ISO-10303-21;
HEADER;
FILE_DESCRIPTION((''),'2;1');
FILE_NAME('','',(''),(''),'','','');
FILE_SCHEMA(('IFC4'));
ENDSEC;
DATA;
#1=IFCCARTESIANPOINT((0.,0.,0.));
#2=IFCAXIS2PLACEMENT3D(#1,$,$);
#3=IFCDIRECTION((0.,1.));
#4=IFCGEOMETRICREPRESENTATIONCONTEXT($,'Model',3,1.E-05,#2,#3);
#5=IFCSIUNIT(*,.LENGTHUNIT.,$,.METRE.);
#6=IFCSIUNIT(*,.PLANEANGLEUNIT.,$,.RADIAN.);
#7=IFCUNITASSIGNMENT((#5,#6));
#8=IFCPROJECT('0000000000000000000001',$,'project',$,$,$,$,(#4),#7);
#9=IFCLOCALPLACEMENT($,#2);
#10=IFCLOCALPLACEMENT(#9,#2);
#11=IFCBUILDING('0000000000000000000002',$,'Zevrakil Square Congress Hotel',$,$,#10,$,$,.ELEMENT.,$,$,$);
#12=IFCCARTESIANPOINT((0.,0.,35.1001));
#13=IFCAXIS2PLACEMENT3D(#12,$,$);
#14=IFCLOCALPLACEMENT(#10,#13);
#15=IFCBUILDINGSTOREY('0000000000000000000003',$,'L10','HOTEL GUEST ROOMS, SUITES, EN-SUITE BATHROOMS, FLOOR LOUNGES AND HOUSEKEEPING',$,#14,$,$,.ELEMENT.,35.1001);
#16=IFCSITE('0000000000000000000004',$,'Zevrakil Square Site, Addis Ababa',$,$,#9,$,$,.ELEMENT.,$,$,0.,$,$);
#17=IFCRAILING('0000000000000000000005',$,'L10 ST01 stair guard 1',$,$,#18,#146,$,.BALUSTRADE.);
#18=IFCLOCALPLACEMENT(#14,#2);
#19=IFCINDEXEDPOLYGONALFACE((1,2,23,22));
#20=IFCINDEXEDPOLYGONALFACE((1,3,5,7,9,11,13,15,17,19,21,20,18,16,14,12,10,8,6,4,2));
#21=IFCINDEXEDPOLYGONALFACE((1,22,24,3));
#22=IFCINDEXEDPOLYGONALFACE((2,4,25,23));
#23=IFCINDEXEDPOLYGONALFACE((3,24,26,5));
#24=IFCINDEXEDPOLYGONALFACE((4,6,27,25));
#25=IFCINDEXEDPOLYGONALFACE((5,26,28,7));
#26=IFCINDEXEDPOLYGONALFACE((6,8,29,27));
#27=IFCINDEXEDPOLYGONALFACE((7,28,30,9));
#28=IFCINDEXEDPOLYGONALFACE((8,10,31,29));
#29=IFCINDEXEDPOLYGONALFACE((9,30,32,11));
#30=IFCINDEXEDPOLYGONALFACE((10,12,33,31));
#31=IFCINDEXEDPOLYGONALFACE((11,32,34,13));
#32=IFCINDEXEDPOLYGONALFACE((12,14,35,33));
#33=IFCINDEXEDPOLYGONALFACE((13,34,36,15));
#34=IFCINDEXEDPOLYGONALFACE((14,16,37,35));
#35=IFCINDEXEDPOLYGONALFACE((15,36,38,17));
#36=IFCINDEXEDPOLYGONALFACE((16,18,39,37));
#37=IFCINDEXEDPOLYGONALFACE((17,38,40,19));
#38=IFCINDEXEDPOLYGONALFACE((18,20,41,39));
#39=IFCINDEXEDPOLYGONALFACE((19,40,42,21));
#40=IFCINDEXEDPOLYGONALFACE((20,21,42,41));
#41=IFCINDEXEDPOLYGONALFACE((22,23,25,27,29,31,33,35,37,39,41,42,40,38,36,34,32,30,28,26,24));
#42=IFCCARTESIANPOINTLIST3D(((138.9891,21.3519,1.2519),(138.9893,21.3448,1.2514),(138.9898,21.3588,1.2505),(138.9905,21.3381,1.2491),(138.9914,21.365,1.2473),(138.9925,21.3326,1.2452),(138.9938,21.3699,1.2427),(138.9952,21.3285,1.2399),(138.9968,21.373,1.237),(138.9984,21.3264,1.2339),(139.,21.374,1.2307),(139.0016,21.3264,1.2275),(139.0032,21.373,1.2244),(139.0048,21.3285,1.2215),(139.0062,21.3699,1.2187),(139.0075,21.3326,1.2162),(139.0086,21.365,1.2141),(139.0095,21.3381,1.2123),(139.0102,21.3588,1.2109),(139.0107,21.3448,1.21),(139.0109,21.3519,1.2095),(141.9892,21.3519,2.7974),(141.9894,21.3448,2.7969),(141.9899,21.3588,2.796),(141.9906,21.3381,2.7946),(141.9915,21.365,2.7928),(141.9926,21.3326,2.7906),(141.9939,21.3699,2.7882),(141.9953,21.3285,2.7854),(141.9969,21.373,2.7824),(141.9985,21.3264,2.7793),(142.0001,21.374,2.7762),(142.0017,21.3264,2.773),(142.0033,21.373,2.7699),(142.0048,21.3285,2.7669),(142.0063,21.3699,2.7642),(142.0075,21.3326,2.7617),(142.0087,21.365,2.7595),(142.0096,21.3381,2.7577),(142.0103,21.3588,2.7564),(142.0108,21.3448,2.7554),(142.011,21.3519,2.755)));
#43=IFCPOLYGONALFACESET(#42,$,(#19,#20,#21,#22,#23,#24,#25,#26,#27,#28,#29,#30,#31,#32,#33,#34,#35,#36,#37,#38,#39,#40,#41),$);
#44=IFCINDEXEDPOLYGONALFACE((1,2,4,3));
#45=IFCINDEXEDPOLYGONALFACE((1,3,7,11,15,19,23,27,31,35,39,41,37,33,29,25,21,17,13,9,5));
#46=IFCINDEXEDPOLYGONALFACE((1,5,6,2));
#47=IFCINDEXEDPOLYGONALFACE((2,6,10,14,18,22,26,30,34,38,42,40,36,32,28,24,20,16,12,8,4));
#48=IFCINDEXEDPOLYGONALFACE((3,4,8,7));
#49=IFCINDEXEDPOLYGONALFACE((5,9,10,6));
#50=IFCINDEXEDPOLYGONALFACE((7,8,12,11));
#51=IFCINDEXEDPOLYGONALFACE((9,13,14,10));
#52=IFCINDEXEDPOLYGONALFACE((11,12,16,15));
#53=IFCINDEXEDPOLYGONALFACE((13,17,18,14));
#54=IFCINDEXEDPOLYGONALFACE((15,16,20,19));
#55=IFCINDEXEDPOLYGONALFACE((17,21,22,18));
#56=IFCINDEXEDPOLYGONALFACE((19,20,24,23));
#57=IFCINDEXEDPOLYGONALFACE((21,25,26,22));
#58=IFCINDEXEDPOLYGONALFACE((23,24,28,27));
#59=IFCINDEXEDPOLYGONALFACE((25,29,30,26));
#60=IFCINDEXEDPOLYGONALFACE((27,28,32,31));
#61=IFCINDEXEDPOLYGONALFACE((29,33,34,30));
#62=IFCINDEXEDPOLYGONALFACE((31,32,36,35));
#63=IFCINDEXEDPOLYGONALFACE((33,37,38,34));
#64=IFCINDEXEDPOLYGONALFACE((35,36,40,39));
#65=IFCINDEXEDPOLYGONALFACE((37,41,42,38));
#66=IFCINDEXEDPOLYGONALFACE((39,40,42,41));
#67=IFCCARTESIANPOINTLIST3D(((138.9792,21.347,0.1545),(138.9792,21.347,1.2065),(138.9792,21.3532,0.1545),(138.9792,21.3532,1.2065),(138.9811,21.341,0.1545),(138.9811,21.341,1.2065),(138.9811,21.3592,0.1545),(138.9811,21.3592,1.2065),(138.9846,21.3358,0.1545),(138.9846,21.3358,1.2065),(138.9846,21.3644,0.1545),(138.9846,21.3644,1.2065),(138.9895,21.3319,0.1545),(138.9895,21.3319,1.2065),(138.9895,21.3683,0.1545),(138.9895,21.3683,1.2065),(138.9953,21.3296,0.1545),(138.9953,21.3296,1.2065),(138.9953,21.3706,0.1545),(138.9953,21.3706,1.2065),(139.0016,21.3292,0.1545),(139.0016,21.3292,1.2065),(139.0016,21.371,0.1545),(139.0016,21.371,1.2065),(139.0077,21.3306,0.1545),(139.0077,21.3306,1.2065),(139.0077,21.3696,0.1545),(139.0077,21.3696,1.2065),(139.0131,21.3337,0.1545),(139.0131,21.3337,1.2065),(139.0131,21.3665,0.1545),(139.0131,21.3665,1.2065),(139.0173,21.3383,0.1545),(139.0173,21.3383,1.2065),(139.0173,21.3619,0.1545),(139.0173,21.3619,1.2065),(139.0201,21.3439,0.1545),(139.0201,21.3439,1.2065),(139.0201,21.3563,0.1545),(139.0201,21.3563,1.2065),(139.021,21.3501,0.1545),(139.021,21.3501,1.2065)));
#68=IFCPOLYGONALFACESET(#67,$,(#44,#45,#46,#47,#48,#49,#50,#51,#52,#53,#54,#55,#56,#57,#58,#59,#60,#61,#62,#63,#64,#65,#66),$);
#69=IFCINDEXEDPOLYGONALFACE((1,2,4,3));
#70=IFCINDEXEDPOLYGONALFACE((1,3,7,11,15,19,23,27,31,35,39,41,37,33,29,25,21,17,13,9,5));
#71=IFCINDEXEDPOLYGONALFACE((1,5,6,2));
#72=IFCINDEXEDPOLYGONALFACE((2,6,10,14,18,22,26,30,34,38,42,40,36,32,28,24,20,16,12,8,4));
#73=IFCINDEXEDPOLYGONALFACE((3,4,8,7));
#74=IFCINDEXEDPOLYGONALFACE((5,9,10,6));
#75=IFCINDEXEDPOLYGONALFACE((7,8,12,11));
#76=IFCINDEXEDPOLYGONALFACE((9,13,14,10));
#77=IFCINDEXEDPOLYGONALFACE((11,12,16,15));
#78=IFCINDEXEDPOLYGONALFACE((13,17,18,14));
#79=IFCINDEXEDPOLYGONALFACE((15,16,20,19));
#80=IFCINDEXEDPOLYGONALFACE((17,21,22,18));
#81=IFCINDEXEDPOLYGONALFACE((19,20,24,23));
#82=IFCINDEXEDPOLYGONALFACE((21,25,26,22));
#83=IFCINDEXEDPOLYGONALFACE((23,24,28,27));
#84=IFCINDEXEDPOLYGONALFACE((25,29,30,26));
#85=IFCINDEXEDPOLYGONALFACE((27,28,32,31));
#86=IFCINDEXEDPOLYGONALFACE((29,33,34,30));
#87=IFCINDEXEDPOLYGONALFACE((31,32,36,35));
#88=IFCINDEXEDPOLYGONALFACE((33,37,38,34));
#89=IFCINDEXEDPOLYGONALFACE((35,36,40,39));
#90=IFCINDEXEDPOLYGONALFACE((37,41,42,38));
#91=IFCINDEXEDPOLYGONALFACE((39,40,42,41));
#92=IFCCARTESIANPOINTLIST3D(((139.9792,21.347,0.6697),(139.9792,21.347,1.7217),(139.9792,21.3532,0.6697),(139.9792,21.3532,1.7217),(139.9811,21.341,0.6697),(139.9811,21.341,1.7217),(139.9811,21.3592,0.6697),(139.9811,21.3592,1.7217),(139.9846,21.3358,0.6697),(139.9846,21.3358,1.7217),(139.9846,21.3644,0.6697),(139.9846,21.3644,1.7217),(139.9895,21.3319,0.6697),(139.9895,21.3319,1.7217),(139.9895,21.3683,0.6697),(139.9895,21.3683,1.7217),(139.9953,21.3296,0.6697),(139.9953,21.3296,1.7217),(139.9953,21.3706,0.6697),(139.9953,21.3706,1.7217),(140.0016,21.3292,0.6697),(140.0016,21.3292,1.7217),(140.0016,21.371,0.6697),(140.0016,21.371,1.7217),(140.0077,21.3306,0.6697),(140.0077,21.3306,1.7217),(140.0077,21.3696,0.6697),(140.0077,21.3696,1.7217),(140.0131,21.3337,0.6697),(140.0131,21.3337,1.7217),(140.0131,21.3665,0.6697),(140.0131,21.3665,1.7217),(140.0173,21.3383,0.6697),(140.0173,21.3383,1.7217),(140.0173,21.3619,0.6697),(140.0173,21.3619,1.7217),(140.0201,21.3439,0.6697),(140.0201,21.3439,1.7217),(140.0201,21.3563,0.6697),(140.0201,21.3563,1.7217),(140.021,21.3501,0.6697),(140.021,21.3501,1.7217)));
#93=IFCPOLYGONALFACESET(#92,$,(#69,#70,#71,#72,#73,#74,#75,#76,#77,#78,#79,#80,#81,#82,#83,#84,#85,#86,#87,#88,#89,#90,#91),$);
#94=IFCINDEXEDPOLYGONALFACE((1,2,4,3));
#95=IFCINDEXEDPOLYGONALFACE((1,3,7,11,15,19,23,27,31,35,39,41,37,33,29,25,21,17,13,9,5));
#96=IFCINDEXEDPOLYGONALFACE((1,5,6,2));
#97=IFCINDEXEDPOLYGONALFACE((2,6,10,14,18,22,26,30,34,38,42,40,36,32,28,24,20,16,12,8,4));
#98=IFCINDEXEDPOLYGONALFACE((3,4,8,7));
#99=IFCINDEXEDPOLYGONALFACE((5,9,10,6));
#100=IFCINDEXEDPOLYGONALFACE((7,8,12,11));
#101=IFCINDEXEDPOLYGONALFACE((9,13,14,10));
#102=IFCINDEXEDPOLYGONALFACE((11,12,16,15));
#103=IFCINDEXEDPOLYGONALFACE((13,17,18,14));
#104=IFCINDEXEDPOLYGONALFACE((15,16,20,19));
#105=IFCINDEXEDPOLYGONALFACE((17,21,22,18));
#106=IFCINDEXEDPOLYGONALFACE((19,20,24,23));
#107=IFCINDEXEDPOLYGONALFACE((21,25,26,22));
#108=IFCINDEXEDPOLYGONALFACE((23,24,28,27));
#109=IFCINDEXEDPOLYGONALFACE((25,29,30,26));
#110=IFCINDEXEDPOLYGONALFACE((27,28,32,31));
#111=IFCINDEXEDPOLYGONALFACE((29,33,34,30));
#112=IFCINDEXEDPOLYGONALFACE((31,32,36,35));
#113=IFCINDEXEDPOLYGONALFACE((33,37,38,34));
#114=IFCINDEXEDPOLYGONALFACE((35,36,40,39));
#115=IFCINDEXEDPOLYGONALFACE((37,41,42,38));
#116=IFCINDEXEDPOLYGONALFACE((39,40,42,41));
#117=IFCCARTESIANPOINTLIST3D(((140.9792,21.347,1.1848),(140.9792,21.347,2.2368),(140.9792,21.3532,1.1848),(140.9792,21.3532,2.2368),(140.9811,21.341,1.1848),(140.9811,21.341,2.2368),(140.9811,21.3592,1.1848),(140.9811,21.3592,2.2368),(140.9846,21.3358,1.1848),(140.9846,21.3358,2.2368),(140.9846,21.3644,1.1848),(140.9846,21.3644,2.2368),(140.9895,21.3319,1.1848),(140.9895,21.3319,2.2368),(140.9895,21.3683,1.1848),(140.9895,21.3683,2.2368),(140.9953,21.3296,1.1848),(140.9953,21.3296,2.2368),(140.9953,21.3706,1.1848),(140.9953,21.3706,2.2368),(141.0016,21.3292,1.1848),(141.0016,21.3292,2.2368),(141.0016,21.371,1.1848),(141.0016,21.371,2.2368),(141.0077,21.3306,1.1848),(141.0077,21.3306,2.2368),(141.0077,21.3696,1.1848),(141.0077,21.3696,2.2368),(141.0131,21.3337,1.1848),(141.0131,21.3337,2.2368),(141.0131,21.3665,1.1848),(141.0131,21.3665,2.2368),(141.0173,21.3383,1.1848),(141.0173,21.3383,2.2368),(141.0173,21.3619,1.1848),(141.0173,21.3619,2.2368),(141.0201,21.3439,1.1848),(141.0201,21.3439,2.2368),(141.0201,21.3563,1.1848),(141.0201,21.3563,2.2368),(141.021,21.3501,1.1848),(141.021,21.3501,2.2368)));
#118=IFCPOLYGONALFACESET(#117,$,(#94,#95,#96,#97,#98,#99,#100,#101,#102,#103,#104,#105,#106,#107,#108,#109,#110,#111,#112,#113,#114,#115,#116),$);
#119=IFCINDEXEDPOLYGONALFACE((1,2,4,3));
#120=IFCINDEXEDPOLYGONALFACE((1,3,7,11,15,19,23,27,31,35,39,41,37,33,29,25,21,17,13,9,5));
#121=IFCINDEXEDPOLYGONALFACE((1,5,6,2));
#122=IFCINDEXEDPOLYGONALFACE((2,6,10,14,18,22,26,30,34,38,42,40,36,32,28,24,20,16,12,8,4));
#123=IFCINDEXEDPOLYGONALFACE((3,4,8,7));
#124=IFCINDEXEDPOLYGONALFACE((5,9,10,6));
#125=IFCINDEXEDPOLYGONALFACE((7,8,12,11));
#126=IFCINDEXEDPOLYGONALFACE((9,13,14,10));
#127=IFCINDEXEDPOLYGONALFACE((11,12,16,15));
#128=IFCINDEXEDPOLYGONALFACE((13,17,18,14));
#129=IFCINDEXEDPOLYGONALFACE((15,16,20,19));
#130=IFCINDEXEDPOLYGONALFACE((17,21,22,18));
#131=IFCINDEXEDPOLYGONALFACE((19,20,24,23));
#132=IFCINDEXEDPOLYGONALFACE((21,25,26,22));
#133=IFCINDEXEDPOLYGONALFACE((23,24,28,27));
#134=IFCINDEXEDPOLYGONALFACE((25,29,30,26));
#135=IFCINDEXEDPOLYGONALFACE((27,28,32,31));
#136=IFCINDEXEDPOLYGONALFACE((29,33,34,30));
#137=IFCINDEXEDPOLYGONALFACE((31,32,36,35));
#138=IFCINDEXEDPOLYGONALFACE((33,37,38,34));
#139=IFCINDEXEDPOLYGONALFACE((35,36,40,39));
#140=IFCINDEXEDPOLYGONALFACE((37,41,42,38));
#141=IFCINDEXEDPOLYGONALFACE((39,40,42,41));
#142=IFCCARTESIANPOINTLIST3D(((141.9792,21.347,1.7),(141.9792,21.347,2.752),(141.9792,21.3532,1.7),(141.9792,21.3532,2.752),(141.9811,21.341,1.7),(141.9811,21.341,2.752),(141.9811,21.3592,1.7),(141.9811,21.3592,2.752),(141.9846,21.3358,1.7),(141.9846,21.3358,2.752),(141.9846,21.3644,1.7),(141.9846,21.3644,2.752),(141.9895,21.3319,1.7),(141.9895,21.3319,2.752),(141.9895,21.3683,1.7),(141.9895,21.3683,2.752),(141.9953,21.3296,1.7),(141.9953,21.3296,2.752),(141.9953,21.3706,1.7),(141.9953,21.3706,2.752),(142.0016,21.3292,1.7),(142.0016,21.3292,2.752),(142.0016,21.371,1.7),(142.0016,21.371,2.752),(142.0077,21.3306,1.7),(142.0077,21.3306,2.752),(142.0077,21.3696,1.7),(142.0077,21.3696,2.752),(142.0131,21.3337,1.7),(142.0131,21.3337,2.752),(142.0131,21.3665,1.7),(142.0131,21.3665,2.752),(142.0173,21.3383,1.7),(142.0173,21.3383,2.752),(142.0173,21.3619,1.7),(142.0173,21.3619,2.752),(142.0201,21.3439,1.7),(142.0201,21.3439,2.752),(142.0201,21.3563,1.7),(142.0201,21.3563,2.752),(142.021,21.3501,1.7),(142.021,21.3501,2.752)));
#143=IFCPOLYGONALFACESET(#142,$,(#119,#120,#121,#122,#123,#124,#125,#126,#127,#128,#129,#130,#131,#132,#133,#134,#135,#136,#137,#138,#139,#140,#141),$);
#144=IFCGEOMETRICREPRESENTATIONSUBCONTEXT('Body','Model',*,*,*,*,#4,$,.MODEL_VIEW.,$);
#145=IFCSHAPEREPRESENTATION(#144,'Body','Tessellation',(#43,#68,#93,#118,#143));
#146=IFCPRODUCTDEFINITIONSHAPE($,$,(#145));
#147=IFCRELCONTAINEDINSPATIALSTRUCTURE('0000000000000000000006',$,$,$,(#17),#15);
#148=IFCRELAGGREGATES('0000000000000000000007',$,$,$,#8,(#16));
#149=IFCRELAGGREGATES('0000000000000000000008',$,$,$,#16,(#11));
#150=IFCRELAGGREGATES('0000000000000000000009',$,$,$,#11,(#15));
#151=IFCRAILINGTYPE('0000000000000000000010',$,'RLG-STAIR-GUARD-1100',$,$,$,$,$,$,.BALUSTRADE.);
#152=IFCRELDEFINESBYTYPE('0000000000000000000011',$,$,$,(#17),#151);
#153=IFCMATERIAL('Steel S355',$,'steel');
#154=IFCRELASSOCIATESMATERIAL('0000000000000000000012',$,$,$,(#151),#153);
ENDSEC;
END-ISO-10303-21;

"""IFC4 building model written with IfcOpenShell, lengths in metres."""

from ifc_helpers import new_model, si_unit, direction, frame, origin, origin_2d, place, context, subcontext, project, spatial, circle, extrude, material, type_object, element, save


model = new_model("IFC4")

# Units and contexts
model_context = context("Model", 3, precision=1e-05, world=origin(), true_north=direction((0.0, 1.0)))
body_context = subcontext(model_context, "Body", "Model", "MODEL_VIEW")
ifc_project = project(units=[si_unit("LENGTHUNIT", "METRE"), si_unit("PLANEANGLEUNIT", "RADIAN")], contexts=[model_context])

# Site, building, storey
site_placement = place(None, origin())
site = spatial("IfcSite", under=ifc_project, at=site_placement, Name="Zevrakil Square Site, Addis Ababa", CompositionType="ELEMENT", RefElevation=0.0)
building_placement = place(site_placement, origin())
building = spatial("IfcBuilding", under=site, at=building_placement, Name="Zevrakil Square Congress Hotel", CompositionType="ELEMENT")
storey_placement = place(building_placement, frame((0.0, 0.0, 35.1001)))
storey = spatial("IfcBuildingStorey", under=building, at=storey_placement, Name="L10", Description="HOTEL GUEST ROOMS, SUITES, EN-SUITE BATHROOMS, FLOOR LOUNGES AND HOUSEKEEPING", CompositionType="ELEMENT", Elevation=35.1001)

# Railing
ifc_material_1 = material(Name="Steel S355", Category="steel")
railing_type_1 = type_object("IfcRailingType", Name="RLG-STAIR-GUARD-1100", PredefinedType="BALUSTRADE", material=ifc_material_1)
railing_1_placement = place(storey_placement, frame((139.0, 21.3501, 0.1545)))
element("IfcRailing", 1, at=railing_1_placement, inside=storey, type_object=railing_type_1, Name="L10 ST01 stair guard 1", PredefinedType="BALUSTRADE", context=body_context, shape_type="SweptSolid", body=[
    extrude(circle(Radius=0.0239, at=origin_2d()), frame((0.0, 0.0, 1.0762), z_axis=(0.88898, 0.0, 0.457946), x_axis=(0.0, 1.0, 0.0)), (0.0, 0.0, 1.0), 3.3748),
    extrude(circle(Radius=0.021, at=origin_2d()), origin(), (0.0, 0.0, 1.0), 1.052),
    extrude(circle(Radius=0.021, at=origin_2d()), frame((1.0, 0.0, 0.5151)), (0.0, 0.0, 1.0), 1.052),
    extrude(circle(Radius=0.021, at=origin_2d()), frame((2.0, 0.0, 1.0303)), (0.0, 0.0, 1.0), 1.052),
    extrude(circle(Radius=0.021, at=origin_2d()), frame((3.0, 0.0, 1.5454)), (0.0, 0.0, 1.0), 1.052),
])

save(model, "model.ifc")
